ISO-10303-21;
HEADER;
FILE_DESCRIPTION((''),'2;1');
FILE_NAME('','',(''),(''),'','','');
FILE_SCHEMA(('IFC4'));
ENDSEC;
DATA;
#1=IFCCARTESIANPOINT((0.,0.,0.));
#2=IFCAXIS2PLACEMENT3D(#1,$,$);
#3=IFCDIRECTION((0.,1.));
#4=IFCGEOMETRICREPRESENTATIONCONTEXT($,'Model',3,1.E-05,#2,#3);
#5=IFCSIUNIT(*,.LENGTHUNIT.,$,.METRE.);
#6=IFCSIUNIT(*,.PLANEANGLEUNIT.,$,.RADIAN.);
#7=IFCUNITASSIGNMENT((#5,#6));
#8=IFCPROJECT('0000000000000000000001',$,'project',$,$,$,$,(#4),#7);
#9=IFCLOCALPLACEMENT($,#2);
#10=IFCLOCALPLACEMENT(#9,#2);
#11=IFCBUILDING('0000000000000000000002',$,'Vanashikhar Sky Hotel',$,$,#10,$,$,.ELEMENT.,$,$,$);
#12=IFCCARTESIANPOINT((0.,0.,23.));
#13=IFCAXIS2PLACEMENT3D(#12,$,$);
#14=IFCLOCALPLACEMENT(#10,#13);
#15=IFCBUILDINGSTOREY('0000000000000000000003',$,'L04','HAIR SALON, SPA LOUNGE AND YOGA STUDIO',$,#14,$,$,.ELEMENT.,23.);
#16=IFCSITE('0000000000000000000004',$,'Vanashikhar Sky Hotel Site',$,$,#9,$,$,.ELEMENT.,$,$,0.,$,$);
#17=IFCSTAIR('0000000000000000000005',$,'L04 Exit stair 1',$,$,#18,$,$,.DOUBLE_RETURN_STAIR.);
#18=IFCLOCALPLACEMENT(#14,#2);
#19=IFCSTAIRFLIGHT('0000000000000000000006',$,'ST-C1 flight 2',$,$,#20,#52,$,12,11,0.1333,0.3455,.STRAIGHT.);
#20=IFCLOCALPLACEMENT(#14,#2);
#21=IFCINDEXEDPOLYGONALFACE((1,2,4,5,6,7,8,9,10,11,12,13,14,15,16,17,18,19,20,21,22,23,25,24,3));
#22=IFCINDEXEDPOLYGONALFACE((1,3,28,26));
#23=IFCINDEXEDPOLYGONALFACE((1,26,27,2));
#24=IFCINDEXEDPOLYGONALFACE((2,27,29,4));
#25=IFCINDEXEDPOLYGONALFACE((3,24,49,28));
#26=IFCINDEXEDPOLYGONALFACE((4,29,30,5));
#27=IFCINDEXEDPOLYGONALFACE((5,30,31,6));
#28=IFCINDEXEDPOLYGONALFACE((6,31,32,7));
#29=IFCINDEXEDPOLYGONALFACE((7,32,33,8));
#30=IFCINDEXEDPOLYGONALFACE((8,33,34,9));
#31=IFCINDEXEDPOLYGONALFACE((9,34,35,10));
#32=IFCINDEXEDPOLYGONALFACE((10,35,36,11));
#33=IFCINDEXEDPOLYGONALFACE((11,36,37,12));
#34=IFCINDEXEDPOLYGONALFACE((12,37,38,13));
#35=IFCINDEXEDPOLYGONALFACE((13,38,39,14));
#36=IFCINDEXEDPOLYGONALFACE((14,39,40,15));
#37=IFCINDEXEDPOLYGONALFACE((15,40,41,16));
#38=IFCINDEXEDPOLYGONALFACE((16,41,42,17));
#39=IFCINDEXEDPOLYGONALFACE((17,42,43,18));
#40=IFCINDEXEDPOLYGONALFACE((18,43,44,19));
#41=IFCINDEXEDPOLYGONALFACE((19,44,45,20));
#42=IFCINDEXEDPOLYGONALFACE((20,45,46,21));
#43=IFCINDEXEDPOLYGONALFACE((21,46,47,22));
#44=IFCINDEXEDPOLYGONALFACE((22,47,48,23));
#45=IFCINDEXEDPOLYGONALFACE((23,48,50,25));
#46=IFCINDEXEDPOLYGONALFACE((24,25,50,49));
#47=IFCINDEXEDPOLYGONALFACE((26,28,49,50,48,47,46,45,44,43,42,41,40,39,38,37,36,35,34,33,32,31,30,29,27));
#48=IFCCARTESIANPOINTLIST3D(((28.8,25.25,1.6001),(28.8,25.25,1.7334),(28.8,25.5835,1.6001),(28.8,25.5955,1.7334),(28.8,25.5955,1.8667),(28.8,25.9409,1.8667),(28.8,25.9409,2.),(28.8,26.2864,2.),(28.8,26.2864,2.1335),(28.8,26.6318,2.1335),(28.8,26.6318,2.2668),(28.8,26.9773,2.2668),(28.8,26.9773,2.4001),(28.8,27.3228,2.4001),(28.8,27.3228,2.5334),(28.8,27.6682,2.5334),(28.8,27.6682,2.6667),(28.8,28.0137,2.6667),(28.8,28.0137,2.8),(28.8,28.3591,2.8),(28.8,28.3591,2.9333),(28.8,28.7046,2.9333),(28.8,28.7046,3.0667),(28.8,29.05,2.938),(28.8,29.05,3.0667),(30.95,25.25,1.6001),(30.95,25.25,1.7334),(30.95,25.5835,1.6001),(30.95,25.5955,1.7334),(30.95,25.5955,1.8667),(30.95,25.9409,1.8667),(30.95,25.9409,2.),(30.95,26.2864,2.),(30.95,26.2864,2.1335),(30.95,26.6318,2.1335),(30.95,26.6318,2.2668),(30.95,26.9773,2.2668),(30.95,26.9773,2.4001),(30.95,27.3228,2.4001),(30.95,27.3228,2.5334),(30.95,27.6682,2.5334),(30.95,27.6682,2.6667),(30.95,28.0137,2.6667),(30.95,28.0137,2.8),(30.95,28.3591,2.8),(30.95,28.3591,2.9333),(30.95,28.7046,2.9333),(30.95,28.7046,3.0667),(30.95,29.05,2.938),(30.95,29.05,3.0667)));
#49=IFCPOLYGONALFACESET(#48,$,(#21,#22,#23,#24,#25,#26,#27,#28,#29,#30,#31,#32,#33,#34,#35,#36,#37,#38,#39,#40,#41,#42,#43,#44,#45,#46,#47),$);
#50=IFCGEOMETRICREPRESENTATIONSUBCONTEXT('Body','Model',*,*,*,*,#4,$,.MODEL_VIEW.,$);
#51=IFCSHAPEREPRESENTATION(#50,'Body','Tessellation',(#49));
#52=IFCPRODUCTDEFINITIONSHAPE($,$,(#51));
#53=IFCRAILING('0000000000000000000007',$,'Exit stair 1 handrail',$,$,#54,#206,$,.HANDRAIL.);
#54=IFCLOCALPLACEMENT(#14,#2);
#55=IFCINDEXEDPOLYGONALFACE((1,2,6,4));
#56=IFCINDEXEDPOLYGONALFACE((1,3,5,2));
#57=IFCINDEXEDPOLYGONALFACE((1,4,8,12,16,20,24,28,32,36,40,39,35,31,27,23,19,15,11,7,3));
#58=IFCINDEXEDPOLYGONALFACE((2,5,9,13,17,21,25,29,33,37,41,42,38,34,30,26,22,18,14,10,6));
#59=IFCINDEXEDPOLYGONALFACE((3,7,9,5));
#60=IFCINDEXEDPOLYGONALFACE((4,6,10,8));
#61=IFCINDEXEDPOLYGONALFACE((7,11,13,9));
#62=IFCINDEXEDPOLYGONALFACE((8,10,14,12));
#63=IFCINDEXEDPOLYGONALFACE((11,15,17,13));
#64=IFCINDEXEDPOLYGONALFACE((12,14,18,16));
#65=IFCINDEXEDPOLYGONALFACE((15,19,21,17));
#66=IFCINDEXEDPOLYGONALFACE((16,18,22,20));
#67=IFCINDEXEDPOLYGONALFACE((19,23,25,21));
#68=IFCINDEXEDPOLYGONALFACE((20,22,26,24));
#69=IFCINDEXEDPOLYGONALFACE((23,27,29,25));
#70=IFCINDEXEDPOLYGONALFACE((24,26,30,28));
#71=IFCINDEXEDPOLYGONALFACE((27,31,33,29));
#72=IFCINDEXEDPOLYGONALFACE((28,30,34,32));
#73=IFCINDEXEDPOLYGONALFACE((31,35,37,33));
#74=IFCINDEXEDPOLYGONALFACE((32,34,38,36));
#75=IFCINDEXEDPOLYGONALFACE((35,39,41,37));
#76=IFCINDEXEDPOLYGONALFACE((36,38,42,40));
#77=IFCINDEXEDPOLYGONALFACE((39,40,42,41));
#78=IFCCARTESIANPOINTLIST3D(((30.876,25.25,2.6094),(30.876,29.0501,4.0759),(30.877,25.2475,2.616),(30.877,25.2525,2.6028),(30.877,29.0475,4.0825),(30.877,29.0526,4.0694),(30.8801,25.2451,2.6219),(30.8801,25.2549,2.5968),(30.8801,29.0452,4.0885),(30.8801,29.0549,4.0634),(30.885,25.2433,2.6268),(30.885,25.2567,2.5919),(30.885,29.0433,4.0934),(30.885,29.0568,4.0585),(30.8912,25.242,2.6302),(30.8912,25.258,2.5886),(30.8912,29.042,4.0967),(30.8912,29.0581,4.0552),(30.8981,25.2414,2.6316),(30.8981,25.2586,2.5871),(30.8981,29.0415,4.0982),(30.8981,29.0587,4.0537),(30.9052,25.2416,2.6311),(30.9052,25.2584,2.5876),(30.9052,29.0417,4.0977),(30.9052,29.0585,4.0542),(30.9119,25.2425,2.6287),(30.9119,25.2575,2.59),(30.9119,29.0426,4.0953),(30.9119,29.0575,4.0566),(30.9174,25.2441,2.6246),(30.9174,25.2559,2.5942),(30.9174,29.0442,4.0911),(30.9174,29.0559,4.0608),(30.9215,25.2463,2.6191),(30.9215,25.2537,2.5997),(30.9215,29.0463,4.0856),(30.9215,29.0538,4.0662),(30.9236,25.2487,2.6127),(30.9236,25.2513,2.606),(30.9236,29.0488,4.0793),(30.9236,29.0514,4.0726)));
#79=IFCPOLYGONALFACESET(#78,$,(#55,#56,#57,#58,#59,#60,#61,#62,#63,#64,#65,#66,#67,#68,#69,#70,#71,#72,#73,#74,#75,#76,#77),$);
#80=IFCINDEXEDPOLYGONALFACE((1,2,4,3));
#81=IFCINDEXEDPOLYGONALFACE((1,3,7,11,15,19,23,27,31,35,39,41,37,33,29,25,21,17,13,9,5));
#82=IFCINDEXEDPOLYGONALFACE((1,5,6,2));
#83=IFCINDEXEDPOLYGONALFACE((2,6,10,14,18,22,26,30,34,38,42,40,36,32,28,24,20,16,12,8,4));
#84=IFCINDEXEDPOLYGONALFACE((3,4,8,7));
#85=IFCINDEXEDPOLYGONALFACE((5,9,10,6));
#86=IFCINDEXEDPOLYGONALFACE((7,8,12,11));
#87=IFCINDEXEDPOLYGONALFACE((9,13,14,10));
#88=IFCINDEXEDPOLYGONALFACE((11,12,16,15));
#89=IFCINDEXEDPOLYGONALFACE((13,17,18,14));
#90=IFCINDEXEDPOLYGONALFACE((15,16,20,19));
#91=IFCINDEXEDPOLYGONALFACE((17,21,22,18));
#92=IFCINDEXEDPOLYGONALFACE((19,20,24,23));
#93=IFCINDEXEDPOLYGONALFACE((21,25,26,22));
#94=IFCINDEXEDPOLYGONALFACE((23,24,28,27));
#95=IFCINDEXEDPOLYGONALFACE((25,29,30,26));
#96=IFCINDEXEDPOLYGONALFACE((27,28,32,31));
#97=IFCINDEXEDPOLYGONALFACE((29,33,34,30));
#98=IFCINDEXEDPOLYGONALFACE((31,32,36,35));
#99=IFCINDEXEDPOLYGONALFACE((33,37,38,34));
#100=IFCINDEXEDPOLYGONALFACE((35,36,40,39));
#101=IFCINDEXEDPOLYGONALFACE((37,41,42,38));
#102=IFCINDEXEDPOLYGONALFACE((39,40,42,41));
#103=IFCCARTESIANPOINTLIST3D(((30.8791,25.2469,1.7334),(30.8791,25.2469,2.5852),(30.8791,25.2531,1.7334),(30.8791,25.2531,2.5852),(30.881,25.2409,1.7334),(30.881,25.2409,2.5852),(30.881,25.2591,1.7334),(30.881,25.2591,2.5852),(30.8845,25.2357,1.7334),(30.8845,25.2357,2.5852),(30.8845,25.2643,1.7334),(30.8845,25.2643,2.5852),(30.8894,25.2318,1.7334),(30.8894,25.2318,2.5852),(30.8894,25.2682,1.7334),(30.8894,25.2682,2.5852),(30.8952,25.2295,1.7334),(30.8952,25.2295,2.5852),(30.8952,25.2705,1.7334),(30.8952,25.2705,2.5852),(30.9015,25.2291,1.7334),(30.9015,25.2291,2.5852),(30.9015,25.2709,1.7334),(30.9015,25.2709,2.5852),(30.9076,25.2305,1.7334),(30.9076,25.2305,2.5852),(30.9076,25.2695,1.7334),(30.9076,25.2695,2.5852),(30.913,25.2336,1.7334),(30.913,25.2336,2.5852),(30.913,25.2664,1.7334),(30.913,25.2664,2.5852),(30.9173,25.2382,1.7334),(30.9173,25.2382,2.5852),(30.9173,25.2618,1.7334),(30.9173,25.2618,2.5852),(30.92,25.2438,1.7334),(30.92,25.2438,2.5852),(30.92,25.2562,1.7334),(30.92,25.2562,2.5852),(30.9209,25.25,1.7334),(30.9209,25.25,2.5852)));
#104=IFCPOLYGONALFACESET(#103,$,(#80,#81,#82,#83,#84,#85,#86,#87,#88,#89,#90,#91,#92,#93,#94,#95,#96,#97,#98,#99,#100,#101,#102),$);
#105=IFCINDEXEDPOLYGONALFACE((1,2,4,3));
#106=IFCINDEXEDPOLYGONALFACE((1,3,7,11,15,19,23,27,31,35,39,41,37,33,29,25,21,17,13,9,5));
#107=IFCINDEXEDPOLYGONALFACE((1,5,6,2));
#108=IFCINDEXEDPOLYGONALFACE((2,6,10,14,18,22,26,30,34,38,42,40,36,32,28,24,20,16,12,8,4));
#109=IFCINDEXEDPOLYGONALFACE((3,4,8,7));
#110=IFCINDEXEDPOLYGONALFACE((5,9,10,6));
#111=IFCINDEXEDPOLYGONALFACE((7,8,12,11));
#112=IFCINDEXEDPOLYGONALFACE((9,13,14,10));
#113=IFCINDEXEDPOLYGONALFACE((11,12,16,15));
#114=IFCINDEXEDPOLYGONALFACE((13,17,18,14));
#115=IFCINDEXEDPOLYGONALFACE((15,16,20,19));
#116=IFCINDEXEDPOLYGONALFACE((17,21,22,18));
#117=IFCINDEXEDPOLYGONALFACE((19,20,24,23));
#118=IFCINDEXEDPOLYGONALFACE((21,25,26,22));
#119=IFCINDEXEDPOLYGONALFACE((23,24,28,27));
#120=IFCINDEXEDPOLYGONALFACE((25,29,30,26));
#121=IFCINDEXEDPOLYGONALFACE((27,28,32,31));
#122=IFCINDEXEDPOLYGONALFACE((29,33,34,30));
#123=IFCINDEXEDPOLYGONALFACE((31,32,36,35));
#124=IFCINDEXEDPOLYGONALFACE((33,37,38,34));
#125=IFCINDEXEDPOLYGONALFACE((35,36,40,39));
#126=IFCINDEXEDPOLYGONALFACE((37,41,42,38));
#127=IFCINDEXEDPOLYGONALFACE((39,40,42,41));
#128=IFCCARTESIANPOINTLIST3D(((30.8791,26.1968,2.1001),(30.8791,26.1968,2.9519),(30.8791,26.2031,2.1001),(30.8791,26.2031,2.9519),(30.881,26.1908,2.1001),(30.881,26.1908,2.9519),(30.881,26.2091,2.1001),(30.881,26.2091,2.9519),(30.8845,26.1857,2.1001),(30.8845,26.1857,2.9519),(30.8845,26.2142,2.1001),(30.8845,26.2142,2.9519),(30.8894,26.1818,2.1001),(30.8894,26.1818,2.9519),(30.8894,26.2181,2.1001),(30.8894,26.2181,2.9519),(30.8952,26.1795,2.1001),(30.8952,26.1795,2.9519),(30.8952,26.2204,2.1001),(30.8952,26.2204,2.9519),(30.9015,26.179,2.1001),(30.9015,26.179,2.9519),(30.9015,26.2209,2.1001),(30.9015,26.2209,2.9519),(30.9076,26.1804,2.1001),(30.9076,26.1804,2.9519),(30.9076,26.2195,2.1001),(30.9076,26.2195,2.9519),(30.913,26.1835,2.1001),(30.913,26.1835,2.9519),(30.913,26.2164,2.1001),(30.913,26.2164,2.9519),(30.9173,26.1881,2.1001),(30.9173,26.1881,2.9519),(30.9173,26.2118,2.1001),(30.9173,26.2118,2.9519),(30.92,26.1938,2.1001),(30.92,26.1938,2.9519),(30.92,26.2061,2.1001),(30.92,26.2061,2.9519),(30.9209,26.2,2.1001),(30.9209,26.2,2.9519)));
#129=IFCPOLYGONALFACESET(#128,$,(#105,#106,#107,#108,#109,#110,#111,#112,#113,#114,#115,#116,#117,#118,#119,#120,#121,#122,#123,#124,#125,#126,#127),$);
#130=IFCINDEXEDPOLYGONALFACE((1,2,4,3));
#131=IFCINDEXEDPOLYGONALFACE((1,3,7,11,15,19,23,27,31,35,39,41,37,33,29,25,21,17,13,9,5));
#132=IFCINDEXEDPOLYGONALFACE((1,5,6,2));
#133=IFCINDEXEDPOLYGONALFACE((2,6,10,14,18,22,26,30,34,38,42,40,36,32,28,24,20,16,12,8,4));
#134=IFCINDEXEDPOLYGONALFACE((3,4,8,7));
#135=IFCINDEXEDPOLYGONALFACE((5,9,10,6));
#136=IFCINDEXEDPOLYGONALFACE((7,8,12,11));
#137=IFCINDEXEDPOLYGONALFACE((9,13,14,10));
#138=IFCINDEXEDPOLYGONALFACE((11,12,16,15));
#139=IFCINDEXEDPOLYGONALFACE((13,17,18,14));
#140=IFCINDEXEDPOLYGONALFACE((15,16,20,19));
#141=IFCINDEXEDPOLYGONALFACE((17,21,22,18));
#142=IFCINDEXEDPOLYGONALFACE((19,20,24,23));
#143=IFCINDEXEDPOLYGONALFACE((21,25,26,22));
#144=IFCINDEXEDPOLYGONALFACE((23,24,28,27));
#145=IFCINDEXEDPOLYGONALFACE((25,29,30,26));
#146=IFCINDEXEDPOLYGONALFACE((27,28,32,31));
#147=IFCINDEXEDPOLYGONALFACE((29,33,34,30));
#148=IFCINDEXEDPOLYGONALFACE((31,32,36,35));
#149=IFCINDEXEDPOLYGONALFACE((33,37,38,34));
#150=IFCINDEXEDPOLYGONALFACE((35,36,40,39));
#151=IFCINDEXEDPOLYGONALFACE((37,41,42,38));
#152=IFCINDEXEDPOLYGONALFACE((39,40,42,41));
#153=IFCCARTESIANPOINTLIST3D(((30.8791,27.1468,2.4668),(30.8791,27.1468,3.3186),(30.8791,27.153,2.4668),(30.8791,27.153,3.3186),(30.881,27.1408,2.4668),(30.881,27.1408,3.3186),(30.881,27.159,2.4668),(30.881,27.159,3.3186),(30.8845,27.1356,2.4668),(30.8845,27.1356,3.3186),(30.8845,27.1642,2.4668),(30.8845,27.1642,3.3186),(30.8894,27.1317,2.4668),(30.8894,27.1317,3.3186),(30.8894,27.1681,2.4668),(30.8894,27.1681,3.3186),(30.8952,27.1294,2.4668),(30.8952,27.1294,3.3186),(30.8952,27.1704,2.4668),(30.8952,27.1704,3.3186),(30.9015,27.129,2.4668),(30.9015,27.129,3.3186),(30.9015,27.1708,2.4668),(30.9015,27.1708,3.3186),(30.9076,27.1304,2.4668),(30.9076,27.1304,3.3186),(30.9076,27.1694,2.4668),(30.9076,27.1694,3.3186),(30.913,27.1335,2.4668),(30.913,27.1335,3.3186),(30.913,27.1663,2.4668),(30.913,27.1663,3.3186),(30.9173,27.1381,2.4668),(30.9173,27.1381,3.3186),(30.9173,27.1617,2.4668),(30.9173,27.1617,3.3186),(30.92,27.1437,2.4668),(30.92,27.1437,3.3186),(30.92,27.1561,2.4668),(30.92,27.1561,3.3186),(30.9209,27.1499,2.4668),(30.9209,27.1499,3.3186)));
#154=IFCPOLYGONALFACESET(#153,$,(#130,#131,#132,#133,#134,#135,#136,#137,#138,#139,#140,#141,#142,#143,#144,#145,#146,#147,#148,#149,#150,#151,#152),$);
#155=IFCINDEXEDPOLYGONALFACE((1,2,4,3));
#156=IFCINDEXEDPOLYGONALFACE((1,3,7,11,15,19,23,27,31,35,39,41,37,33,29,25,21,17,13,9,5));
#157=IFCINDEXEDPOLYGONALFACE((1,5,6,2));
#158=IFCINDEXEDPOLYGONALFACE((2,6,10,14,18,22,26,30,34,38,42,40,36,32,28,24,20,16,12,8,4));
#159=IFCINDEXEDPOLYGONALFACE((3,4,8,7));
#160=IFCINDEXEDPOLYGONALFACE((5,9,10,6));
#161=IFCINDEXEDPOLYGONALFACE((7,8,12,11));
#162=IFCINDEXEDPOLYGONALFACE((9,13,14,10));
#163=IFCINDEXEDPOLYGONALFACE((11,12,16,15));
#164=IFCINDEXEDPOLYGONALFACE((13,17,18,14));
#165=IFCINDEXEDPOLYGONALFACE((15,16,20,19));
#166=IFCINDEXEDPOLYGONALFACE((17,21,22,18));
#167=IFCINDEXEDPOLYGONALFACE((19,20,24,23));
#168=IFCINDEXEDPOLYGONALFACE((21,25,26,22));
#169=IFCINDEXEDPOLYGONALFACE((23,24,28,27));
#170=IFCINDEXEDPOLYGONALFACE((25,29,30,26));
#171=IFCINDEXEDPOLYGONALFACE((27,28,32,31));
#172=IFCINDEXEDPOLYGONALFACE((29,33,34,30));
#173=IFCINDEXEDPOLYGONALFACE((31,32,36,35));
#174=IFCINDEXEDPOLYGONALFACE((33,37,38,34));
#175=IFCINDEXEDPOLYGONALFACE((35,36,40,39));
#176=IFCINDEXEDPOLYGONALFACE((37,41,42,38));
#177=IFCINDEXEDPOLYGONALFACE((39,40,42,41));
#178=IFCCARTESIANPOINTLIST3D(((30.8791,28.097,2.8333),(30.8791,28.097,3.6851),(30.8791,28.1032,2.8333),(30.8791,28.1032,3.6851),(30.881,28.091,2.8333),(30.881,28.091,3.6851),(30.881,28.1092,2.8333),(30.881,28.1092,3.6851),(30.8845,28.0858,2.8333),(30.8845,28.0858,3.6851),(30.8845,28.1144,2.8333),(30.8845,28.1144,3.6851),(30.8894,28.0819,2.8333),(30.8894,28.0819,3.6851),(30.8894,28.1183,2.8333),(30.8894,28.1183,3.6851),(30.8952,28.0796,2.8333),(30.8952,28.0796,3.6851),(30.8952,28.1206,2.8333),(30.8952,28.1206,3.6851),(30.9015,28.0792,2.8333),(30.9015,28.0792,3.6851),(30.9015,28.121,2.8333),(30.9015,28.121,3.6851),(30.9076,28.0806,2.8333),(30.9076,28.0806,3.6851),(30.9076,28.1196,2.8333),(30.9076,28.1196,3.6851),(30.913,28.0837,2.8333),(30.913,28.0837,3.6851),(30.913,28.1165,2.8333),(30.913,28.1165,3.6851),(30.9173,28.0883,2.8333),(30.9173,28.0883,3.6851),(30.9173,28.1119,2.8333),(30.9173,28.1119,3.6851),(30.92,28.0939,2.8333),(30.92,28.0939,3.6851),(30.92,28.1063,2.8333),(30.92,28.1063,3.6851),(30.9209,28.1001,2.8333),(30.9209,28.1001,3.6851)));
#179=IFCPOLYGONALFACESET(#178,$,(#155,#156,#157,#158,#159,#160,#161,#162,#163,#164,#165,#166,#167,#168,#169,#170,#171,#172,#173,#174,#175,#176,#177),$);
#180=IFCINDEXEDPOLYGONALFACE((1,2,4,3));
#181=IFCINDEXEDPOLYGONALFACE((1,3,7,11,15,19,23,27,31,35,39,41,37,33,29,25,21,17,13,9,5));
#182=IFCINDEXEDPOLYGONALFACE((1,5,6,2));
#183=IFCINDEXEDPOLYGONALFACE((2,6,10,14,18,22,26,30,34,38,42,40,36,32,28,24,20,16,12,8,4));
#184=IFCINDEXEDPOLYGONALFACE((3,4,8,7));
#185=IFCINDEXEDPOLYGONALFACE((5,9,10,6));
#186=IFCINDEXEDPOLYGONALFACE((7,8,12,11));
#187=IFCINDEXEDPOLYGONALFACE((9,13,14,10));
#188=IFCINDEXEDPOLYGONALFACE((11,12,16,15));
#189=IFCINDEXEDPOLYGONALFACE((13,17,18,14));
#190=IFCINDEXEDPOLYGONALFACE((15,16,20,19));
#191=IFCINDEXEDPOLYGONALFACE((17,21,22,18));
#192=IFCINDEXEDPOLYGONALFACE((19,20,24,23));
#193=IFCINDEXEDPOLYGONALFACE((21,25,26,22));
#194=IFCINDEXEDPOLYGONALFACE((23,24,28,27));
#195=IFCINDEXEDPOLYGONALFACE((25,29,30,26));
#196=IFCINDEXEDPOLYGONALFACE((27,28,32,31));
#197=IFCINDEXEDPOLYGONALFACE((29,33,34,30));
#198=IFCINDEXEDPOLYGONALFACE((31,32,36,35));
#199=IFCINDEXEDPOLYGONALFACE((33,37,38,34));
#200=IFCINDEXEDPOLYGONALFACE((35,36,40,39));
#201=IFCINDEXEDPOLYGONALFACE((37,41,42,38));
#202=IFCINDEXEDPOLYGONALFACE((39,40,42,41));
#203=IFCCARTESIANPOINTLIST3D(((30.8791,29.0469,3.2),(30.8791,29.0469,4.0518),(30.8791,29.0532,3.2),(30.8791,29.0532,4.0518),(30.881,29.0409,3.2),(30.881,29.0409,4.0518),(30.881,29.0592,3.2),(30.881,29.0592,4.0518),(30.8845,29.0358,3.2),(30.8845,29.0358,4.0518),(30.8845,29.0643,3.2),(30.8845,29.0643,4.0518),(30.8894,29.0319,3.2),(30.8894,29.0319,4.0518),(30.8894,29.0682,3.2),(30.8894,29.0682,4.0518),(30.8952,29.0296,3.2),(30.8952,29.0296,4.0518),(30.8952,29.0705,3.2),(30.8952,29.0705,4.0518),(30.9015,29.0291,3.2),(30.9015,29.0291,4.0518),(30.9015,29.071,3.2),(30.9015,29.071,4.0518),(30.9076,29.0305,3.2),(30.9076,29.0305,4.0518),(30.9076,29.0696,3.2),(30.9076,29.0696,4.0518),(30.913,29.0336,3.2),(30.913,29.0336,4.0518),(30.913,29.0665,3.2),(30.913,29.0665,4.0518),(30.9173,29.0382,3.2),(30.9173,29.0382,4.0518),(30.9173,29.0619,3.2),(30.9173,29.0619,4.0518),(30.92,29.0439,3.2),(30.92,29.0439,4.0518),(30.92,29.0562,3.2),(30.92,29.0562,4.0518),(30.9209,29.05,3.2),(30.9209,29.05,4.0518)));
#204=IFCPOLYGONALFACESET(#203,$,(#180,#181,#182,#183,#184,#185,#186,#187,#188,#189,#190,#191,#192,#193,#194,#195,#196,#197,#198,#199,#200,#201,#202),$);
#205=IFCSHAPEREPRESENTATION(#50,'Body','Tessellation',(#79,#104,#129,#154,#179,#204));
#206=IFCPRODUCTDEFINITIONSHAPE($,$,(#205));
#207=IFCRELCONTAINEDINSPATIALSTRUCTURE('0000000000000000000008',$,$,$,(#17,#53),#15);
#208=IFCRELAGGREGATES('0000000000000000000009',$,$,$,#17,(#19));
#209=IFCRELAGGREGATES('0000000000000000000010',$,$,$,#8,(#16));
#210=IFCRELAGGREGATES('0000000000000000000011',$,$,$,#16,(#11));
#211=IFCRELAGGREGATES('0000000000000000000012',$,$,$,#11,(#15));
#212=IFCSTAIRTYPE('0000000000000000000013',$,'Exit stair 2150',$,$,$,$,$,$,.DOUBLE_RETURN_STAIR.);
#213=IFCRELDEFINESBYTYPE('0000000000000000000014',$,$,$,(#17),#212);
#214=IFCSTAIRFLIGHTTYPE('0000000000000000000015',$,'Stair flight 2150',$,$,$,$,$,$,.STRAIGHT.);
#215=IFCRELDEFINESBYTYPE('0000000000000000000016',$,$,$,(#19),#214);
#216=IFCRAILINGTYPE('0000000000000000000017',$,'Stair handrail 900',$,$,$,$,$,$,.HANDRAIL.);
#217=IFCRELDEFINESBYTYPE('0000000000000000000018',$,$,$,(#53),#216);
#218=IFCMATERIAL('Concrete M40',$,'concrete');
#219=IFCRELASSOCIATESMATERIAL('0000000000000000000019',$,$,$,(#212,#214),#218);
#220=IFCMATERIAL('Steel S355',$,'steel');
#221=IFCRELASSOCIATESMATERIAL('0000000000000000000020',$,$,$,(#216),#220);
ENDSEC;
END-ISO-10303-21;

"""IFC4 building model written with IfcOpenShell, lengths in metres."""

from ifc_helpers import new_model, si_unit, direction, frame, origin, origin_2d, place, context, subcontext, project, spatial, polyline, circle, outline, extrude, source, transform, mapped, material, type_object, element, aggregate, save


model = new_model("IFC4")

# Units and contexts
model_context = context("Model", 3, precision=1e-05, world=origin(), true_north=direction((0.0, 1.0)))
body_context = subcontext(model_context, "Body", "Model", "MODEL_VIEW")
ifc_project = project(units=[si_unit("LENGTHUNIT", "METRE"), si_unit("PLANEANGLEUNIT", "RADIAN")], contexts=[model_context])

# Site, building, storey
site_placement = place(None, origin())
site = spatial("IfcSite", under=ifc_project, at=site_placement, Name="Vanashikhar Sky Hotel Site", CompositionType="ELEMENT", RefElevation=0.0)
building_placement = place(site_placement, origin())
building = spatial("IfcBuilding", under=site, at=building_placement, Name="Vanashikhar Sky Hotel", CompositionType="ELEMENT")
storey_placement = place(building_placement, frame((0.0, 0.0, 23.0)))
storey = spatial("IfcBuildingStorey", under=building, at=storey_placement, Name="L04", Description="HAIR SALON, SPA LOUNGE AND YOGA STUDIO", CompositionType="ELEMENT", Elevation=23.0)

# Shared definitions
ifc_material_1 = material(Name="Concrete M40", Category="concrete")

# Stair, stair flight
stair_type = type_object("IfcStairType", Name="Exit stair 2150", PredefinedType="DOUBLE_RETURN_STAIR", material=ifc_material_1)
stair_placement = place(storey_placement, origin())
stair = element("IfcStair", 1, at=stair_placement, inside=storey, type_object=stair_type, Name="L04 Exit stair 1", PredefinedType="DOUBLE_RETURN_STAIR")
stair_flight_type = type_object("IfcStairFlightType", Name="Stair flight 2150", PredefinedType="STRAIGHT", material=ifc_material_1)
shared_shape_1 = source(origin(), body_context, "Body", "SweptSolid", [
    extrude(outline(polyline([(0.0, 0.0), (0.0, 0.1333), (0.3455, 0.1333), (0.3455, 0.2666), (0.6909, 0.2666), (0.6909, 0.3999), (1.0364, 0.3999), (1.0364, 0.5334), (1.3818, 0.5334), (1.3818, 0.6667), (1.7273, 0.6667), (1.7273, 0.8), (2.0728, 0.8), (2.0728, 0.9333), (2.4182, 0.9333), (2.4182, 1.0667), (2.7637, 1.0667), (2.7637, 1.2), (3.1091, 1.2), (3.1091, 1.3333), (3.4546, 1.3333), (3.4546, 1.4666), (3.8, 1.4666), (3.8, 1.6001), (3.8, 1.3379), (0.3335, 0.0), (0.0, 0.0)])), frame((0.0, 1.075, 0.0), z_axis=(0.0, -1.0, 0.0), x_axis=(1.0, 0.0, 0.0)), (0.0, 0.0, 1.0), 2.1499),
])
stair_flight_placement = place(storey_placement, frame((29.875, 25.25, 1.6001), z_axis=(0.0, 0.0, 1.0), x_axis=(0.0, 1.0, 0.0)))
stair_flight = element("IfcStairFlight", 2, at=stair_flight_placement, type_object=stair_flight_type, Name="ST-C1 flight 2", NumberOfRisers=12, NumberOfTreads=11, PredefinedType="STRAIGHT", RiserHeight=0.1333, TreadLength=0.3455, context=body_context, shape_type="MappedRepresentation", body=[
    mapped(shared_shape_1, transform((0.0, 0.0, 0.0), scale=1.0)),
])
aggregate(stair, [stair_flight])

# Railing
ifc_material_2 = material(Name="Steel S355", Category="steel")
railing_type = type_object("IfcRailingType", Name="Stair handrail 900", PredefinedType="HANDRAIL", material=ifc_material_2)
shared_shape_2 = source(origin(), body_context, "Body", "SweptSolid", [
    extrude(circle(Radius=0.0239, at=origin_2d()), frame((0.0, 0.0, 0.876), z_axis=(0.0, 0.932934, 0.360047), x_axis=(-1.0, 0.0, 0.0)), (0.0, 0.0, 1.0), 4.0732),
    extrude(circle(Radius=0.021, at=origin_2d()), origin(), (0.0, 0.0, 1.0), 0.8518),
    extrude(circle(Radius=0.021, at=origin_2d()), frame((0.0, 0.95, 0.3667)), (0.0, 0.0, 1.0), 0.8518),
    extrude(circle(Radius=0.021, at=origin_2d()), frame((0.0, 1.8999, 0.7334)), (0.0, 0.0, 1.0), 0.8518),
    extrude(circle(Radius=0.021, at=origin_2d()), frame((0.0, 2.8501, 1.0999)), (0.0, 0.0, 1.0), 0.8518),
    extrude(circle(Radius=0.021, at=origin_2d()), frame((0.0, 3.8, 1.4666)), (0.0, 0.0, 1.0), 0.8518),
])
railing_placement = place(storey_placement, frame((30.8999, 25.25, 1.7334)))
element("IfcRailing", 3, at=railing_placement, inside=storey, type_object=railing_type, Name="Exit stair 1 handrail", PredefinedType="HANDRAIL", context=body_context, shape_type="MappedRepresentation", body=[
    mapped(shared_shape_2, transform((0.0, 0.0, 0.0), scale=1.0)),
])

save(model, "model.ifc")
